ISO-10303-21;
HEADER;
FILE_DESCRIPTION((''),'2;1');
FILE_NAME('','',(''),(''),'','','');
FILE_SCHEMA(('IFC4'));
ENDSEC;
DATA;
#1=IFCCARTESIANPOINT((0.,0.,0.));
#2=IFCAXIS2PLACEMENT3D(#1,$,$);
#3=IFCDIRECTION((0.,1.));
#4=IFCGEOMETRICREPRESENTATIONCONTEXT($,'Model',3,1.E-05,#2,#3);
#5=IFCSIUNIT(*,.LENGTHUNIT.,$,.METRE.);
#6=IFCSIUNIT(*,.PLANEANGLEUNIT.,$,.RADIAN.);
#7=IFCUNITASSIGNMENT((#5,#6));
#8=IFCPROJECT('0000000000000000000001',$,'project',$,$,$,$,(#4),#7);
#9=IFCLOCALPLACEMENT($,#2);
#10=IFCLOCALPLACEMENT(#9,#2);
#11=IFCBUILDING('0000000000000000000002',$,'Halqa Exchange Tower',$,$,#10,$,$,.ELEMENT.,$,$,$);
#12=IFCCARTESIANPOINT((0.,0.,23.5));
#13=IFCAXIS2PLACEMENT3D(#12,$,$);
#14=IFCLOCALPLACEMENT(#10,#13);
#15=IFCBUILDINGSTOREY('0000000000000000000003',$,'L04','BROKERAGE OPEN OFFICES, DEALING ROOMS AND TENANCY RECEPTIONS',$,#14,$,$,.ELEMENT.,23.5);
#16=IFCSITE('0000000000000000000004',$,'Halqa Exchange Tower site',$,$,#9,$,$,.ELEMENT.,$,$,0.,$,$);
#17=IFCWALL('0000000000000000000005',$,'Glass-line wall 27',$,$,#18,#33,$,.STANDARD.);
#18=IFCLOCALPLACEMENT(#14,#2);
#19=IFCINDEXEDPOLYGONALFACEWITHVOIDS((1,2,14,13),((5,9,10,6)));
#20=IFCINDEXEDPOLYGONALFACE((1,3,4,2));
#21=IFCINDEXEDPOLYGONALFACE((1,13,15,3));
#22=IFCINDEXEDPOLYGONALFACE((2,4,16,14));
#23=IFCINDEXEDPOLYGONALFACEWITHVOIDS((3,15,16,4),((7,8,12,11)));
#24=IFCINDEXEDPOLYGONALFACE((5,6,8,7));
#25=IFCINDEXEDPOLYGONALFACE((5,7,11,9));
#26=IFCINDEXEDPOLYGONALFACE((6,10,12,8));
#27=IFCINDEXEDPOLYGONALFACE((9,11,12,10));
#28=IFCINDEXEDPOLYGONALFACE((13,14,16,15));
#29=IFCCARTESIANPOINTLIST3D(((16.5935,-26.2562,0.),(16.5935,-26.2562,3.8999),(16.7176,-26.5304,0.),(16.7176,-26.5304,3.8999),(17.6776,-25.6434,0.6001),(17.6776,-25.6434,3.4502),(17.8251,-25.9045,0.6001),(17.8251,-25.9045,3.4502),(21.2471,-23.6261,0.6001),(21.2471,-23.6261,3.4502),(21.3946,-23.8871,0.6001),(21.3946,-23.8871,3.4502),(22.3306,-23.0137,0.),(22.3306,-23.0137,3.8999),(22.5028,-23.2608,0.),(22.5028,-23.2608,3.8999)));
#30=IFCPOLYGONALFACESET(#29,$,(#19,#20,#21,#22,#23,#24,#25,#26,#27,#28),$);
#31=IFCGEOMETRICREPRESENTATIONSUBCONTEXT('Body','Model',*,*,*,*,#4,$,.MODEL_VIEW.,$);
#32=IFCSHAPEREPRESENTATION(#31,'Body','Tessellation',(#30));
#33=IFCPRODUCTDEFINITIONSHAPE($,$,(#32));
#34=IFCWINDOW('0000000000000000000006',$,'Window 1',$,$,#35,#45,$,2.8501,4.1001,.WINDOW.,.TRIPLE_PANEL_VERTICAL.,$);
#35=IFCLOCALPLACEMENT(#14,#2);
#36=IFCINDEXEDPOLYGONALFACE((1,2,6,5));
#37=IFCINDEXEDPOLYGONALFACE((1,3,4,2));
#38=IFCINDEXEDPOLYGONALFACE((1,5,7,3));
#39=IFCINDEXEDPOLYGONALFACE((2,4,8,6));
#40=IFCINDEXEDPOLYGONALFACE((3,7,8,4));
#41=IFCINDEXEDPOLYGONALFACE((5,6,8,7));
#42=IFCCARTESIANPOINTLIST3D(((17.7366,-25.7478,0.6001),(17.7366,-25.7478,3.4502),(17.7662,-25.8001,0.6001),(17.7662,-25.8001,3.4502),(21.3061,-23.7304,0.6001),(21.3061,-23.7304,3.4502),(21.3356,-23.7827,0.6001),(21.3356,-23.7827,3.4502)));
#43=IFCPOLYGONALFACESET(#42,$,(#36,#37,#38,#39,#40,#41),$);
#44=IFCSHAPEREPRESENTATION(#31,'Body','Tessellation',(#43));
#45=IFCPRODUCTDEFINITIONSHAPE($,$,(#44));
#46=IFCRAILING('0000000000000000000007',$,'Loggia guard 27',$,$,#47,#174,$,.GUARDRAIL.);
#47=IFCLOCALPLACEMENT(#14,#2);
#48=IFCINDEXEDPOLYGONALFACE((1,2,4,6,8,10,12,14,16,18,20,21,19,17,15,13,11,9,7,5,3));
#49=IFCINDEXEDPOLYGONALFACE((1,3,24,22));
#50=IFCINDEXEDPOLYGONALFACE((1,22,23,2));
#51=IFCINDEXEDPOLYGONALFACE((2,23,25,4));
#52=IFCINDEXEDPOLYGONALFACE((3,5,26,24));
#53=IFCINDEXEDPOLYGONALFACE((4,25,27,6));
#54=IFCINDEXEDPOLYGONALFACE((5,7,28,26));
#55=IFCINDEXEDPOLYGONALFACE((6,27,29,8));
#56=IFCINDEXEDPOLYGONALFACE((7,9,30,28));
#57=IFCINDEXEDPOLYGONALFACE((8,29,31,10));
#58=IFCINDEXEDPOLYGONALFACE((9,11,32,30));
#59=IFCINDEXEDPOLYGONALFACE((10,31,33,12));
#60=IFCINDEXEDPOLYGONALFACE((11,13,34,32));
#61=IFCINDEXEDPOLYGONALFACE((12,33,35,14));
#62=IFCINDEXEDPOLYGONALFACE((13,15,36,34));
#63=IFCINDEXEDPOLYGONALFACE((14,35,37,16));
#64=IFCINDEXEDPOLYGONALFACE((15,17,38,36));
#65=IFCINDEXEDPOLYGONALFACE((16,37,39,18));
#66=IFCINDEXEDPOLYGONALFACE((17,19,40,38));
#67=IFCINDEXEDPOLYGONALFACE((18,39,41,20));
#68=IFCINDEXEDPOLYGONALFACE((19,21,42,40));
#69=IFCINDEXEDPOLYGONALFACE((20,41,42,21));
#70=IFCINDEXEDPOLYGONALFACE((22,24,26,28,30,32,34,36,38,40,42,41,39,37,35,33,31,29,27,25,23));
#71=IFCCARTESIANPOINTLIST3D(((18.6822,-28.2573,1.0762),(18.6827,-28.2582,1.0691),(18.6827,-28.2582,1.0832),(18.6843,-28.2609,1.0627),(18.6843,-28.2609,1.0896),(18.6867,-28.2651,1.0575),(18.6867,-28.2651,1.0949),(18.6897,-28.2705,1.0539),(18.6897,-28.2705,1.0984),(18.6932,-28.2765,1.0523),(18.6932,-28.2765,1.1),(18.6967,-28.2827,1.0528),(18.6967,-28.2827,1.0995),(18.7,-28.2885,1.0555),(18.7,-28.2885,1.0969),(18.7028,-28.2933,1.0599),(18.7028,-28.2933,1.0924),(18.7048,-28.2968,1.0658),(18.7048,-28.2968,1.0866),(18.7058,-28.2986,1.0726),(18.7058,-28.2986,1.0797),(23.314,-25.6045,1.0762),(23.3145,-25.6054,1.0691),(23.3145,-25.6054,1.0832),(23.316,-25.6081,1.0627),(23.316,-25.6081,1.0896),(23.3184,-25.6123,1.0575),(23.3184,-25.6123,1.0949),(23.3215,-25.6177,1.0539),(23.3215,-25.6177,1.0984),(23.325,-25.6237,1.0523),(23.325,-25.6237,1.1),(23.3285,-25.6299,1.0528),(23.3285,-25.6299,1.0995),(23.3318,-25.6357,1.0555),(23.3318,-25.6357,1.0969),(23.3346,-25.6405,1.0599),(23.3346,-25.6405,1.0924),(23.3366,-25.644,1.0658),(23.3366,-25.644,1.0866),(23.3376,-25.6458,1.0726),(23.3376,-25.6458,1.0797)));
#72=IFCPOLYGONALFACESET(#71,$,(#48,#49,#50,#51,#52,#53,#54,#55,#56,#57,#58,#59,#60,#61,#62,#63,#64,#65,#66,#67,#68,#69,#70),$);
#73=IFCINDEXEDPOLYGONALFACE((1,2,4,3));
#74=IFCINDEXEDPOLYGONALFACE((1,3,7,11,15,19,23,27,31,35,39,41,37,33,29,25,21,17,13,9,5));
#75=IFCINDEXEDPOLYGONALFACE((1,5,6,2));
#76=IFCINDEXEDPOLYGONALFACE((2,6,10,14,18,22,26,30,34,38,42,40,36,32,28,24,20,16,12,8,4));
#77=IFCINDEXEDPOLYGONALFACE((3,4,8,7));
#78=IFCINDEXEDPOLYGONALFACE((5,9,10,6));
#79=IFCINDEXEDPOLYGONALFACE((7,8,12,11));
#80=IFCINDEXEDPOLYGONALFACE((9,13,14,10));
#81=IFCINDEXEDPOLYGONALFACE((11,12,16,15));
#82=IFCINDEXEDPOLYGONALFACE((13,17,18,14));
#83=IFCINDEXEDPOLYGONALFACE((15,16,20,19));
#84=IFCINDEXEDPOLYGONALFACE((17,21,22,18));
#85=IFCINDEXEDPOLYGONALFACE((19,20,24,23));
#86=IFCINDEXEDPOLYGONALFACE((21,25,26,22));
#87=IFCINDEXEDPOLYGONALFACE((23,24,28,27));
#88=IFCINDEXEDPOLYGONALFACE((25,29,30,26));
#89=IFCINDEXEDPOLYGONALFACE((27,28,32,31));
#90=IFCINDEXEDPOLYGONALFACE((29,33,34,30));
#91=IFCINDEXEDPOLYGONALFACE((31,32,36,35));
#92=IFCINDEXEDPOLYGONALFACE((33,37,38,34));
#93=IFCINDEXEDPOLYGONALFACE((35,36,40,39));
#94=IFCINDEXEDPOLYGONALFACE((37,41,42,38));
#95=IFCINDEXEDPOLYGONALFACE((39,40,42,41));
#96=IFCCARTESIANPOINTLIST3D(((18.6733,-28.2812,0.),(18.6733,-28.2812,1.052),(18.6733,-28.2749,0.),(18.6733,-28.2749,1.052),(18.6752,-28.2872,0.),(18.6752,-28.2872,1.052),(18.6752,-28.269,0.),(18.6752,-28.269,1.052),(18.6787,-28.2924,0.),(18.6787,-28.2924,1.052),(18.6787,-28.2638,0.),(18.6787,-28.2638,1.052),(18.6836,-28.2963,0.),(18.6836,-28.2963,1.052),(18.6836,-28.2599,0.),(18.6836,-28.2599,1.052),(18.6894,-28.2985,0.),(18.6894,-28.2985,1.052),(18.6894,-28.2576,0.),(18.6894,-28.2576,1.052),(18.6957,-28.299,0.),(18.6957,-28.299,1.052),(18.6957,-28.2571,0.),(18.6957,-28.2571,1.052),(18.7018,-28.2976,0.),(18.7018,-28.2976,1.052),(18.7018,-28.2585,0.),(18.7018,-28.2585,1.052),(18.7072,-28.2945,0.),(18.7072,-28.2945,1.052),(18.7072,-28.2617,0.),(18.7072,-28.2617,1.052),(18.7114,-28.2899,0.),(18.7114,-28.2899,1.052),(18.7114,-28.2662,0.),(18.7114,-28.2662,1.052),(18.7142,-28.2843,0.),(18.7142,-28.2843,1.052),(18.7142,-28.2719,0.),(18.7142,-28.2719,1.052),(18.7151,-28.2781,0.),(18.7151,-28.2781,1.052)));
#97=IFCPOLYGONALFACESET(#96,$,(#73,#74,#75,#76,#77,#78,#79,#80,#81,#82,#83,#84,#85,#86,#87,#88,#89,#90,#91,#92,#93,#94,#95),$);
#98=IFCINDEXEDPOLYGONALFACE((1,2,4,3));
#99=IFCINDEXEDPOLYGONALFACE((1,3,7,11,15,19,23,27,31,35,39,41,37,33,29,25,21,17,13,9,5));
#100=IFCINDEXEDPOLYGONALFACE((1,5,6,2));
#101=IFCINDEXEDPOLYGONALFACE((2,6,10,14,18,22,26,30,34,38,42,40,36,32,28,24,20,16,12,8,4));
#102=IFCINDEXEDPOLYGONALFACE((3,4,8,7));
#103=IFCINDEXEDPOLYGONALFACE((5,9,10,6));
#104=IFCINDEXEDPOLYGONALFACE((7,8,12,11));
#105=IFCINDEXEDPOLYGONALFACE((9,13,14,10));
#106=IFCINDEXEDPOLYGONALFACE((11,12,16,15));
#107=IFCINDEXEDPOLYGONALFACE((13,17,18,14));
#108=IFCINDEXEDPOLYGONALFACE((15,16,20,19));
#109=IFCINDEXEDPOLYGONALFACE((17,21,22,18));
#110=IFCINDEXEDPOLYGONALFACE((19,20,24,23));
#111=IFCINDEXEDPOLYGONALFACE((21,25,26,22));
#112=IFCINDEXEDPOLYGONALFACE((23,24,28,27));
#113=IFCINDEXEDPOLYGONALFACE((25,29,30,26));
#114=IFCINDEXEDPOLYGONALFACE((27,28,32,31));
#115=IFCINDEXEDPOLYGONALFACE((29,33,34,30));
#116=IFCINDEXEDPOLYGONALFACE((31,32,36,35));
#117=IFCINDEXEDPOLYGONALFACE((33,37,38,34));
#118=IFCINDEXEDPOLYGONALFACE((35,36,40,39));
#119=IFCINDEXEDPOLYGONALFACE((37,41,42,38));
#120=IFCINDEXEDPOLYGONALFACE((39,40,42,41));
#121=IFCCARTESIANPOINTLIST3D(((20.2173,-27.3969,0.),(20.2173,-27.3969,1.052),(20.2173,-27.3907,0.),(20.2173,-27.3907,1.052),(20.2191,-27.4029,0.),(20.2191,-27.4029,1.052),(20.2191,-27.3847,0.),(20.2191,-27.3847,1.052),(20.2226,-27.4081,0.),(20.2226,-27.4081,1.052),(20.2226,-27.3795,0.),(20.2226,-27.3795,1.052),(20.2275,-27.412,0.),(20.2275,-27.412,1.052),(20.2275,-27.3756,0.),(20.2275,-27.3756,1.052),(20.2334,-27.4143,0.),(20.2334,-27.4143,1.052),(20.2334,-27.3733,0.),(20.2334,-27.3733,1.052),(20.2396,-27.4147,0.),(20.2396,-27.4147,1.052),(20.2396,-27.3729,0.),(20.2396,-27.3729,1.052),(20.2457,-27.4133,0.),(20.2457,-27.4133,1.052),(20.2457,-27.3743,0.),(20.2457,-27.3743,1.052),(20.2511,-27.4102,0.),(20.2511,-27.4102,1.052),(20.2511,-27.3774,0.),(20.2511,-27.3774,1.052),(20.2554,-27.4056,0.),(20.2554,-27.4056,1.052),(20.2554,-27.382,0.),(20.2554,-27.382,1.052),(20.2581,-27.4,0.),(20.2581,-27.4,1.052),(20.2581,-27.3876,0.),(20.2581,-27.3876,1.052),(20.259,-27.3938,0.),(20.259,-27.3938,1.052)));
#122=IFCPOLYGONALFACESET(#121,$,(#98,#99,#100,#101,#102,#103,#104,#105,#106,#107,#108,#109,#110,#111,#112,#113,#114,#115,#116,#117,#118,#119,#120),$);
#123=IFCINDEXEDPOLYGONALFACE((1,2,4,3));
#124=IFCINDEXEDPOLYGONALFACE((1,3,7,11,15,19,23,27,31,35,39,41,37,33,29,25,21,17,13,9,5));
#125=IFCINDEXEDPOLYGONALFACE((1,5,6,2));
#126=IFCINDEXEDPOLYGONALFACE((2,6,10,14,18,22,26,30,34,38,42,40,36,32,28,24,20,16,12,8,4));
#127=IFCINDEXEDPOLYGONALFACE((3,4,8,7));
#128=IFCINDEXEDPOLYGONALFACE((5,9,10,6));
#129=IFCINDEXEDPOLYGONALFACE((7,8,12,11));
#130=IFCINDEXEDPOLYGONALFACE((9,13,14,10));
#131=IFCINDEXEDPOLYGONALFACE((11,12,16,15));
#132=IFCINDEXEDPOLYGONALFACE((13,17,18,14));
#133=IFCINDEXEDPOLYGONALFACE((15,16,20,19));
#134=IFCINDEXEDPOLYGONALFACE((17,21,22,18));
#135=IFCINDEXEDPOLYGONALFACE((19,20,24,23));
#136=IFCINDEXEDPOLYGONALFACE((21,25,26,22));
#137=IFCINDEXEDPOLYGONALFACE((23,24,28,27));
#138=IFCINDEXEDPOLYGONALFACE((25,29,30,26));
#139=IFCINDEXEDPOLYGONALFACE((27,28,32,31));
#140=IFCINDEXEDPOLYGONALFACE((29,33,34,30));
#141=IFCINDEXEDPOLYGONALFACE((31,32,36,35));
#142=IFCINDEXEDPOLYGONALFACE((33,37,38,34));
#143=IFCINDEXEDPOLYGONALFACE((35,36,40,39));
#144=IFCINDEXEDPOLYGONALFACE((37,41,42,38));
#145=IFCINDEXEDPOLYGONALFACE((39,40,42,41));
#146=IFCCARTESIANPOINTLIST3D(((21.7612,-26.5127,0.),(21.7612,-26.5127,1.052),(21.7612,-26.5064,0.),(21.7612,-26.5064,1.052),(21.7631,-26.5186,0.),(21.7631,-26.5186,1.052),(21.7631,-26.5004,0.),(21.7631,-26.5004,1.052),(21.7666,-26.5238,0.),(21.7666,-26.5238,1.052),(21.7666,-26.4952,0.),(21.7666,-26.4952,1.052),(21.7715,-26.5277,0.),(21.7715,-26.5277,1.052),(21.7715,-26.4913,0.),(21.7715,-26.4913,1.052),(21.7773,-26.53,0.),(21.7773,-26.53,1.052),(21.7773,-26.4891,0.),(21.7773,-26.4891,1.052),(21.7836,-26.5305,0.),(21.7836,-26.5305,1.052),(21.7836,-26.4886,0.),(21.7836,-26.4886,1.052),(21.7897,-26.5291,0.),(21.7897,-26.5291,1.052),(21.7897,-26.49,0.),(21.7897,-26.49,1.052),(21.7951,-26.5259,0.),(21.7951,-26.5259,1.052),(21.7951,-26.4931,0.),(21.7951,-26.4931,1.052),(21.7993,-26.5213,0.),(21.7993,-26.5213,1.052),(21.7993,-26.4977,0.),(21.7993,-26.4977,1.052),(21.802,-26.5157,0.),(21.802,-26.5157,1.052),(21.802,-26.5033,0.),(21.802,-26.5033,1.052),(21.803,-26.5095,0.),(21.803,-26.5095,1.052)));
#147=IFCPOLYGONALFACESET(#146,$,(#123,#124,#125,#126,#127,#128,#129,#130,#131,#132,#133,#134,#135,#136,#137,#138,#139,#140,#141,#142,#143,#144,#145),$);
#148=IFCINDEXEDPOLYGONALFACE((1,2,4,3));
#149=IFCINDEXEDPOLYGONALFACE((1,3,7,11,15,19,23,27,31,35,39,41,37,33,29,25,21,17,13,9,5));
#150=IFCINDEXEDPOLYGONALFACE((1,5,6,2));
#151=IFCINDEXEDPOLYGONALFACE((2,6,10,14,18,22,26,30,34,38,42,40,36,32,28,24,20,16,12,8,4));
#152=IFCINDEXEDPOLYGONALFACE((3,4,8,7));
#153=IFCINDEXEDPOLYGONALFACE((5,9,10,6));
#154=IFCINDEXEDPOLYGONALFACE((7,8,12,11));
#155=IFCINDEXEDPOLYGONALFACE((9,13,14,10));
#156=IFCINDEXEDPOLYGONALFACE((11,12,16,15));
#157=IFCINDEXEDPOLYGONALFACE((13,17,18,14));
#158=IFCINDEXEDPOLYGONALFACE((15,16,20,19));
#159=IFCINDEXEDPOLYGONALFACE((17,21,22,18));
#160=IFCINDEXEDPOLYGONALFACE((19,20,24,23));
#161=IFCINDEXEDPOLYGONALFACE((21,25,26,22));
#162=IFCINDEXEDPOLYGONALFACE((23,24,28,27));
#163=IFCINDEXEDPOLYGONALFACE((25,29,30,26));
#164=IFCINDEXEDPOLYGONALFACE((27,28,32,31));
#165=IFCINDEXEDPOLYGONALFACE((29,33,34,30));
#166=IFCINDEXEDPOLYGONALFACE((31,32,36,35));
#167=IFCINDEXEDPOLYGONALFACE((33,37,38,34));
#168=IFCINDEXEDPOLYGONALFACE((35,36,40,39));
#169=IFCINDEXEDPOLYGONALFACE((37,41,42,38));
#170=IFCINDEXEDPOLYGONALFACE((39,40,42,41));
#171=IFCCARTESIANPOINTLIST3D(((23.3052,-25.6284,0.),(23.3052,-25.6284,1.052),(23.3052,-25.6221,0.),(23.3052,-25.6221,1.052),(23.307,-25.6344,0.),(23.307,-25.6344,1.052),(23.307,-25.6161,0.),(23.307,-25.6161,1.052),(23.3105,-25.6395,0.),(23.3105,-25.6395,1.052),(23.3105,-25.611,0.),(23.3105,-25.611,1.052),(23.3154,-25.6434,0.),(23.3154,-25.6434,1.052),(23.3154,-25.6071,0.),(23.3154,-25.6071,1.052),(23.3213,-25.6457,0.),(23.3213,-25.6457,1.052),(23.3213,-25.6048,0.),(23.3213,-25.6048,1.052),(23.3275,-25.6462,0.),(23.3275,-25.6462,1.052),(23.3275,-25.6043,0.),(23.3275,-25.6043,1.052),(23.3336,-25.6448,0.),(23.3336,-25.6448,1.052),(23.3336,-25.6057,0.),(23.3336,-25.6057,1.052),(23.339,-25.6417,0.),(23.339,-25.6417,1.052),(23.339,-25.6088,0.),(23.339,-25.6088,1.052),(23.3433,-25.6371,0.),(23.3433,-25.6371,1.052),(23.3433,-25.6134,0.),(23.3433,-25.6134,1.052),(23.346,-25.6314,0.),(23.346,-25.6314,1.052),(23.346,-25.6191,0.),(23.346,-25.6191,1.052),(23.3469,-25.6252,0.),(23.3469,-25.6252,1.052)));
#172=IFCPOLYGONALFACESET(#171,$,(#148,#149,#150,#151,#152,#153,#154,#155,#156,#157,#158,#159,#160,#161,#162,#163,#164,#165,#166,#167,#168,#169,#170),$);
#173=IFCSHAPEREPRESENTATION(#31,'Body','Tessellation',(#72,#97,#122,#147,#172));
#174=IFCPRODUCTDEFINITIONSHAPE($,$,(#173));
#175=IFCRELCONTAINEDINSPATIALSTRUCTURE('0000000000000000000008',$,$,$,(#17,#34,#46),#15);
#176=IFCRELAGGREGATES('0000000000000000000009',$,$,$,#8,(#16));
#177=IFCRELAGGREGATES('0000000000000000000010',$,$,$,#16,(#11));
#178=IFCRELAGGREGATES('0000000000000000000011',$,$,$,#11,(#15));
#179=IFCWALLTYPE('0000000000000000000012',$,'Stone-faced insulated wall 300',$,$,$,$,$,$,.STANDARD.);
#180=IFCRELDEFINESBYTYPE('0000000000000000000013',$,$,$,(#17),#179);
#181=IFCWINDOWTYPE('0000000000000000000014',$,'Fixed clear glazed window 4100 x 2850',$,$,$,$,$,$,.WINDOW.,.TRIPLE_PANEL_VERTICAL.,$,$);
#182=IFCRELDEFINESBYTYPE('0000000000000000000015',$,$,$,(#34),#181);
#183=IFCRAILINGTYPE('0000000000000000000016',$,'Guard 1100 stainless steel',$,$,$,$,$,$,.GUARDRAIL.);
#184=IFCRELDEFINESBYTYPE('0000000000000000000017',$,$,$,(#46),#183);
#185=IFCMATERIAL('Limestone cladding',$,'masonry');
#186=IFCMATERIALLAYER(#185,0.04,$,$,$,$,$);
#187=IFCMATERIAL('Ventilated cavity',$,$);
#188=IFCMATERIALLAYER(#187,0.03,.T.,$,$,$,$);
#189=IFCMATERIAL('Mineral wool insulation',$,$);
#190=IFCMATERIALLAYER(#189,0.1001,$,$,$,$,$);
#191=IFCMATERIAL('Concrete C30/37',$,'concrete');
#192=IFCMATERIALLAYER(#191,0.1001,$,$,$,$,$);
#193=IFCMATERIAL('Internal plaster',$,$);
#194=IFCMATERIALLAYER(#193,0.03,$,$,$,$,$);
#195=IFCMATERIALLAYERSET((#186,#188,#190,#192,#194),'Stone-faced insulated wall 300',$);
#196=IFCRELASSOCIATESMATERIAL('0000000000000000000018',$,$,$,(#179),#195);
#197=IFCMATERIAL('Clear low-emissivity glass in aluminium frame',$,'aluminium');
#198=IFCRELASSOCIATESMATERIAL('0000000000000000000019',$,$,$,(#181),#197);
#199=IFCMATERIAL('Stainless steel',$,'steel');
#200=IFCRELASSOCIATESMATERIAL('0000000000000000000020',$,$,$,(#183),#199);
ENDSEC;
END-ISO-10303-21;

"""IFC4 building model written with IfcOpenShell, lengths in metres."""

from ifc_helpers import new_model, si_unit, direction, frame, frame_2d, origin, origin_2d, place, context, subcontext, project, spatial, polyline, rectangle, circle, outline, extrude, material, layer, layer_set, type_object, element, fill, save


model = new_model("IFC4")

# Units and contexts
model_context = context("Model", 3, precision=1e-05, world=origin(), true_north=direction((0.0, 1.0)))
body_context = subcontext(model_context, "Body", "Model", "MODEL_VIEW")
ifc_project = project(units=[si_unit("LENGTHUNIT", "METRE"), si_unit("PLANEANGLEUNIT", "RADIAN")], contexts=[model_context])

# Site, building, storey
site_placement = place(None, origin())
site = spatial("IfcSite", under=ifc_project, at=site_placement, Name="Halqa Exchange Tower site", CompositionType="ELEMENT", RefElevation=0.0)
building_placement = place(site_placement, origin())
building = spatial("IfcBuilding", under=site, at=building_placement, Name="Halqa Exchange Tower", CompositionType="ELEMENT")
storey_placement = place(building_placement, frame((0.0, 0.0, 23.5)))
storey = spatial("IfcBuildingStorey", under=building, at=storey_placement, Name="L04", Description="BROKERAGE OPEN OFFICES, DEALING ROOMS AND TENANCY RECEPTIONS", CompositionType="ELEMENT", Elevation=23.5)

# Wall, opening, window
ifc_material_1 = material(Name="Limestone cladding", Category="masonry")
ifc_layer_1 = layer(ifc_material_1, 0.04)
ifc_material_2 = material(Name="Ventilated cavity")
ifc_layer_2 = layer(ifc_material_2, 0.03, ventilated=True)
ifc_material_3 = material(Name="Mineral wool insulation")
ifc_layer_3 = layer(ifc_material_3, 0.1001)
ifc_material_4 = material(Name="Concrete C30/37", Category="concrete")
ifc_layer_4 = layer(ifc_material_4, 0.1001)
ifc_material_5 = material(Name="Internal plaster")
ifc_layer_5 = layer(ifc_material_5, 0.03)
ifc_layer_set = layer_set([ifc_layer_1, ifc_layer_2, ifc_layer_3, ifc_layer_4, ifc_layer_5], Name="Stone-faced insulated wall 300")
wall_type = type_object("IfcWallType", Name="Stone-faced insulated wall 300", PredefinedType="STANDARD", material=ifc_layer_set)
wall_1_placement = place(storey_placement, frame((16.6555, -26.3933, 0.0), z_axis=(0.0, 0.0, 1.0), x_axis=(0.870579, 0.492029, 0.0)))
wall_1 = element("IfcWall", 1, at=wall_1_placement, inside=storey, type_object=wall_type, Name="Glass-line wall 27", PredefinedType="STANDARD", context=body_context, shape_type="SweptSolid", body=[
    extrude(outline(polyline([(-0.0134, -0.1499), (6.6318, -0.1499), (6.6035, 0.1499), (0.0134, 0.1499), (-0.0134, -0.1499)])), origin(), (0.0, 0.0, 1.0), 3.8999),
])
opening_1_placement = place(wall_1_placement, frame((1.2588, 0.0, 0.6001)))
opening_1 = element("IfcOpeningElement", 2, at=opening_1_placement, cuts=wall_1, PredefinedType="OPENING", context=body_context, shape_type="SweptSolid", body=[
    extrude(rectangle(XDim=4.1001, YDim=2.8501, at=frame_2d((2.05, 1.425))), frame((0.0, 0.1621, 0.0), z_axis=(0.0, -1.0, 0.0), x_axis=(1.0, 0.0, 0.0)), (0.0, 0.0, 1.0), 0.324),
])
ifc_material_6 = material(Name="Clear low-emissivity glass in aluminium frame", Category="aluminium")
window_type = type_object("IfcWindowType", Name="Fixed clear glazed window 4100 x 2850", PartitioningType="TRIPLE_PANEL_VERTICAL", PredefinedType="WINDOW", material=ifc_material_6)
window_placement = place(opening_1_placement, origin())
window = element("IfcWindow", 3, at=window_placement, inside=storey, type_object=window_type, Name="Window 1", OverallHeight=2.8501, OverallWidth=4.1001, PartitioningType="TRIPLE_PANEL_VERTICAL", PredefinedType="WINDOW", context=body_context, shape_type="SweptSolid", body=[
    extrude(rectangle(XDim=4.1001, YDim=2.8501, at=frame_2d((2.05, 1.425))), frame((0.0, 0.03, 0.0), z_axis=(0.0, -1.0, 0.0), x_axis=(1.0, 0.0, 0.0)), (0.0, 0.0, 1.0), 0.0601),
])
fill(opening_1, window)

# Railing
ifc_material_7 = material(Name="Stainless steel", Category="steel")
railing_type = type_object("IfcRailingType", Name="Guard 1100 stainless steel", PredefinedType="GUARDRAIL", material=ifc_material_7)
railing_1_placement = place(storey_placement, frame((18.6941, -28.2781, 0.0)))
element("IfcRailing", 4, at=railing_1_placement, inside=storey, type_object=railing_type, Name="Loggia guard 27", PredefinedType="GUARDRAIL", context=body_context, shape_type="SweptSolid", body=[
    extrude(circle(Radius=0.0239, at=origin_2d()), frame((0.0, 0.0, 1.0762), z_axis=(0.867753, 0.496996, 0.0), x_axis=(-0.496996, 0.867753, 0.0)), (0.0, 0.0, 1.0), 5.3376),
    extrude(circle(Radius=0.021, at=origin_2d()), origin(), (0.0, 0.0, 1.0), 1.052),
    extrude(circle(Radius=0.021, at=origin_2d()), frame((1.5439, 0.8843, 0.0)), (0.0, 0.0, 1.0), 1.052),
    extrude(circle(Radius=0.021, at=origin_2d()), frame((3.0879, 1.7686, 0.0)), (0.0, 0.0, 1.0), 1.052),
    extrude(circle(Radius=0.021, at=origin_2d()), frame((4.6318, 2.6528, 0.0)), (0.0, 0.0, 1.0), 1.052),
])

save(model, "model.ifc")
